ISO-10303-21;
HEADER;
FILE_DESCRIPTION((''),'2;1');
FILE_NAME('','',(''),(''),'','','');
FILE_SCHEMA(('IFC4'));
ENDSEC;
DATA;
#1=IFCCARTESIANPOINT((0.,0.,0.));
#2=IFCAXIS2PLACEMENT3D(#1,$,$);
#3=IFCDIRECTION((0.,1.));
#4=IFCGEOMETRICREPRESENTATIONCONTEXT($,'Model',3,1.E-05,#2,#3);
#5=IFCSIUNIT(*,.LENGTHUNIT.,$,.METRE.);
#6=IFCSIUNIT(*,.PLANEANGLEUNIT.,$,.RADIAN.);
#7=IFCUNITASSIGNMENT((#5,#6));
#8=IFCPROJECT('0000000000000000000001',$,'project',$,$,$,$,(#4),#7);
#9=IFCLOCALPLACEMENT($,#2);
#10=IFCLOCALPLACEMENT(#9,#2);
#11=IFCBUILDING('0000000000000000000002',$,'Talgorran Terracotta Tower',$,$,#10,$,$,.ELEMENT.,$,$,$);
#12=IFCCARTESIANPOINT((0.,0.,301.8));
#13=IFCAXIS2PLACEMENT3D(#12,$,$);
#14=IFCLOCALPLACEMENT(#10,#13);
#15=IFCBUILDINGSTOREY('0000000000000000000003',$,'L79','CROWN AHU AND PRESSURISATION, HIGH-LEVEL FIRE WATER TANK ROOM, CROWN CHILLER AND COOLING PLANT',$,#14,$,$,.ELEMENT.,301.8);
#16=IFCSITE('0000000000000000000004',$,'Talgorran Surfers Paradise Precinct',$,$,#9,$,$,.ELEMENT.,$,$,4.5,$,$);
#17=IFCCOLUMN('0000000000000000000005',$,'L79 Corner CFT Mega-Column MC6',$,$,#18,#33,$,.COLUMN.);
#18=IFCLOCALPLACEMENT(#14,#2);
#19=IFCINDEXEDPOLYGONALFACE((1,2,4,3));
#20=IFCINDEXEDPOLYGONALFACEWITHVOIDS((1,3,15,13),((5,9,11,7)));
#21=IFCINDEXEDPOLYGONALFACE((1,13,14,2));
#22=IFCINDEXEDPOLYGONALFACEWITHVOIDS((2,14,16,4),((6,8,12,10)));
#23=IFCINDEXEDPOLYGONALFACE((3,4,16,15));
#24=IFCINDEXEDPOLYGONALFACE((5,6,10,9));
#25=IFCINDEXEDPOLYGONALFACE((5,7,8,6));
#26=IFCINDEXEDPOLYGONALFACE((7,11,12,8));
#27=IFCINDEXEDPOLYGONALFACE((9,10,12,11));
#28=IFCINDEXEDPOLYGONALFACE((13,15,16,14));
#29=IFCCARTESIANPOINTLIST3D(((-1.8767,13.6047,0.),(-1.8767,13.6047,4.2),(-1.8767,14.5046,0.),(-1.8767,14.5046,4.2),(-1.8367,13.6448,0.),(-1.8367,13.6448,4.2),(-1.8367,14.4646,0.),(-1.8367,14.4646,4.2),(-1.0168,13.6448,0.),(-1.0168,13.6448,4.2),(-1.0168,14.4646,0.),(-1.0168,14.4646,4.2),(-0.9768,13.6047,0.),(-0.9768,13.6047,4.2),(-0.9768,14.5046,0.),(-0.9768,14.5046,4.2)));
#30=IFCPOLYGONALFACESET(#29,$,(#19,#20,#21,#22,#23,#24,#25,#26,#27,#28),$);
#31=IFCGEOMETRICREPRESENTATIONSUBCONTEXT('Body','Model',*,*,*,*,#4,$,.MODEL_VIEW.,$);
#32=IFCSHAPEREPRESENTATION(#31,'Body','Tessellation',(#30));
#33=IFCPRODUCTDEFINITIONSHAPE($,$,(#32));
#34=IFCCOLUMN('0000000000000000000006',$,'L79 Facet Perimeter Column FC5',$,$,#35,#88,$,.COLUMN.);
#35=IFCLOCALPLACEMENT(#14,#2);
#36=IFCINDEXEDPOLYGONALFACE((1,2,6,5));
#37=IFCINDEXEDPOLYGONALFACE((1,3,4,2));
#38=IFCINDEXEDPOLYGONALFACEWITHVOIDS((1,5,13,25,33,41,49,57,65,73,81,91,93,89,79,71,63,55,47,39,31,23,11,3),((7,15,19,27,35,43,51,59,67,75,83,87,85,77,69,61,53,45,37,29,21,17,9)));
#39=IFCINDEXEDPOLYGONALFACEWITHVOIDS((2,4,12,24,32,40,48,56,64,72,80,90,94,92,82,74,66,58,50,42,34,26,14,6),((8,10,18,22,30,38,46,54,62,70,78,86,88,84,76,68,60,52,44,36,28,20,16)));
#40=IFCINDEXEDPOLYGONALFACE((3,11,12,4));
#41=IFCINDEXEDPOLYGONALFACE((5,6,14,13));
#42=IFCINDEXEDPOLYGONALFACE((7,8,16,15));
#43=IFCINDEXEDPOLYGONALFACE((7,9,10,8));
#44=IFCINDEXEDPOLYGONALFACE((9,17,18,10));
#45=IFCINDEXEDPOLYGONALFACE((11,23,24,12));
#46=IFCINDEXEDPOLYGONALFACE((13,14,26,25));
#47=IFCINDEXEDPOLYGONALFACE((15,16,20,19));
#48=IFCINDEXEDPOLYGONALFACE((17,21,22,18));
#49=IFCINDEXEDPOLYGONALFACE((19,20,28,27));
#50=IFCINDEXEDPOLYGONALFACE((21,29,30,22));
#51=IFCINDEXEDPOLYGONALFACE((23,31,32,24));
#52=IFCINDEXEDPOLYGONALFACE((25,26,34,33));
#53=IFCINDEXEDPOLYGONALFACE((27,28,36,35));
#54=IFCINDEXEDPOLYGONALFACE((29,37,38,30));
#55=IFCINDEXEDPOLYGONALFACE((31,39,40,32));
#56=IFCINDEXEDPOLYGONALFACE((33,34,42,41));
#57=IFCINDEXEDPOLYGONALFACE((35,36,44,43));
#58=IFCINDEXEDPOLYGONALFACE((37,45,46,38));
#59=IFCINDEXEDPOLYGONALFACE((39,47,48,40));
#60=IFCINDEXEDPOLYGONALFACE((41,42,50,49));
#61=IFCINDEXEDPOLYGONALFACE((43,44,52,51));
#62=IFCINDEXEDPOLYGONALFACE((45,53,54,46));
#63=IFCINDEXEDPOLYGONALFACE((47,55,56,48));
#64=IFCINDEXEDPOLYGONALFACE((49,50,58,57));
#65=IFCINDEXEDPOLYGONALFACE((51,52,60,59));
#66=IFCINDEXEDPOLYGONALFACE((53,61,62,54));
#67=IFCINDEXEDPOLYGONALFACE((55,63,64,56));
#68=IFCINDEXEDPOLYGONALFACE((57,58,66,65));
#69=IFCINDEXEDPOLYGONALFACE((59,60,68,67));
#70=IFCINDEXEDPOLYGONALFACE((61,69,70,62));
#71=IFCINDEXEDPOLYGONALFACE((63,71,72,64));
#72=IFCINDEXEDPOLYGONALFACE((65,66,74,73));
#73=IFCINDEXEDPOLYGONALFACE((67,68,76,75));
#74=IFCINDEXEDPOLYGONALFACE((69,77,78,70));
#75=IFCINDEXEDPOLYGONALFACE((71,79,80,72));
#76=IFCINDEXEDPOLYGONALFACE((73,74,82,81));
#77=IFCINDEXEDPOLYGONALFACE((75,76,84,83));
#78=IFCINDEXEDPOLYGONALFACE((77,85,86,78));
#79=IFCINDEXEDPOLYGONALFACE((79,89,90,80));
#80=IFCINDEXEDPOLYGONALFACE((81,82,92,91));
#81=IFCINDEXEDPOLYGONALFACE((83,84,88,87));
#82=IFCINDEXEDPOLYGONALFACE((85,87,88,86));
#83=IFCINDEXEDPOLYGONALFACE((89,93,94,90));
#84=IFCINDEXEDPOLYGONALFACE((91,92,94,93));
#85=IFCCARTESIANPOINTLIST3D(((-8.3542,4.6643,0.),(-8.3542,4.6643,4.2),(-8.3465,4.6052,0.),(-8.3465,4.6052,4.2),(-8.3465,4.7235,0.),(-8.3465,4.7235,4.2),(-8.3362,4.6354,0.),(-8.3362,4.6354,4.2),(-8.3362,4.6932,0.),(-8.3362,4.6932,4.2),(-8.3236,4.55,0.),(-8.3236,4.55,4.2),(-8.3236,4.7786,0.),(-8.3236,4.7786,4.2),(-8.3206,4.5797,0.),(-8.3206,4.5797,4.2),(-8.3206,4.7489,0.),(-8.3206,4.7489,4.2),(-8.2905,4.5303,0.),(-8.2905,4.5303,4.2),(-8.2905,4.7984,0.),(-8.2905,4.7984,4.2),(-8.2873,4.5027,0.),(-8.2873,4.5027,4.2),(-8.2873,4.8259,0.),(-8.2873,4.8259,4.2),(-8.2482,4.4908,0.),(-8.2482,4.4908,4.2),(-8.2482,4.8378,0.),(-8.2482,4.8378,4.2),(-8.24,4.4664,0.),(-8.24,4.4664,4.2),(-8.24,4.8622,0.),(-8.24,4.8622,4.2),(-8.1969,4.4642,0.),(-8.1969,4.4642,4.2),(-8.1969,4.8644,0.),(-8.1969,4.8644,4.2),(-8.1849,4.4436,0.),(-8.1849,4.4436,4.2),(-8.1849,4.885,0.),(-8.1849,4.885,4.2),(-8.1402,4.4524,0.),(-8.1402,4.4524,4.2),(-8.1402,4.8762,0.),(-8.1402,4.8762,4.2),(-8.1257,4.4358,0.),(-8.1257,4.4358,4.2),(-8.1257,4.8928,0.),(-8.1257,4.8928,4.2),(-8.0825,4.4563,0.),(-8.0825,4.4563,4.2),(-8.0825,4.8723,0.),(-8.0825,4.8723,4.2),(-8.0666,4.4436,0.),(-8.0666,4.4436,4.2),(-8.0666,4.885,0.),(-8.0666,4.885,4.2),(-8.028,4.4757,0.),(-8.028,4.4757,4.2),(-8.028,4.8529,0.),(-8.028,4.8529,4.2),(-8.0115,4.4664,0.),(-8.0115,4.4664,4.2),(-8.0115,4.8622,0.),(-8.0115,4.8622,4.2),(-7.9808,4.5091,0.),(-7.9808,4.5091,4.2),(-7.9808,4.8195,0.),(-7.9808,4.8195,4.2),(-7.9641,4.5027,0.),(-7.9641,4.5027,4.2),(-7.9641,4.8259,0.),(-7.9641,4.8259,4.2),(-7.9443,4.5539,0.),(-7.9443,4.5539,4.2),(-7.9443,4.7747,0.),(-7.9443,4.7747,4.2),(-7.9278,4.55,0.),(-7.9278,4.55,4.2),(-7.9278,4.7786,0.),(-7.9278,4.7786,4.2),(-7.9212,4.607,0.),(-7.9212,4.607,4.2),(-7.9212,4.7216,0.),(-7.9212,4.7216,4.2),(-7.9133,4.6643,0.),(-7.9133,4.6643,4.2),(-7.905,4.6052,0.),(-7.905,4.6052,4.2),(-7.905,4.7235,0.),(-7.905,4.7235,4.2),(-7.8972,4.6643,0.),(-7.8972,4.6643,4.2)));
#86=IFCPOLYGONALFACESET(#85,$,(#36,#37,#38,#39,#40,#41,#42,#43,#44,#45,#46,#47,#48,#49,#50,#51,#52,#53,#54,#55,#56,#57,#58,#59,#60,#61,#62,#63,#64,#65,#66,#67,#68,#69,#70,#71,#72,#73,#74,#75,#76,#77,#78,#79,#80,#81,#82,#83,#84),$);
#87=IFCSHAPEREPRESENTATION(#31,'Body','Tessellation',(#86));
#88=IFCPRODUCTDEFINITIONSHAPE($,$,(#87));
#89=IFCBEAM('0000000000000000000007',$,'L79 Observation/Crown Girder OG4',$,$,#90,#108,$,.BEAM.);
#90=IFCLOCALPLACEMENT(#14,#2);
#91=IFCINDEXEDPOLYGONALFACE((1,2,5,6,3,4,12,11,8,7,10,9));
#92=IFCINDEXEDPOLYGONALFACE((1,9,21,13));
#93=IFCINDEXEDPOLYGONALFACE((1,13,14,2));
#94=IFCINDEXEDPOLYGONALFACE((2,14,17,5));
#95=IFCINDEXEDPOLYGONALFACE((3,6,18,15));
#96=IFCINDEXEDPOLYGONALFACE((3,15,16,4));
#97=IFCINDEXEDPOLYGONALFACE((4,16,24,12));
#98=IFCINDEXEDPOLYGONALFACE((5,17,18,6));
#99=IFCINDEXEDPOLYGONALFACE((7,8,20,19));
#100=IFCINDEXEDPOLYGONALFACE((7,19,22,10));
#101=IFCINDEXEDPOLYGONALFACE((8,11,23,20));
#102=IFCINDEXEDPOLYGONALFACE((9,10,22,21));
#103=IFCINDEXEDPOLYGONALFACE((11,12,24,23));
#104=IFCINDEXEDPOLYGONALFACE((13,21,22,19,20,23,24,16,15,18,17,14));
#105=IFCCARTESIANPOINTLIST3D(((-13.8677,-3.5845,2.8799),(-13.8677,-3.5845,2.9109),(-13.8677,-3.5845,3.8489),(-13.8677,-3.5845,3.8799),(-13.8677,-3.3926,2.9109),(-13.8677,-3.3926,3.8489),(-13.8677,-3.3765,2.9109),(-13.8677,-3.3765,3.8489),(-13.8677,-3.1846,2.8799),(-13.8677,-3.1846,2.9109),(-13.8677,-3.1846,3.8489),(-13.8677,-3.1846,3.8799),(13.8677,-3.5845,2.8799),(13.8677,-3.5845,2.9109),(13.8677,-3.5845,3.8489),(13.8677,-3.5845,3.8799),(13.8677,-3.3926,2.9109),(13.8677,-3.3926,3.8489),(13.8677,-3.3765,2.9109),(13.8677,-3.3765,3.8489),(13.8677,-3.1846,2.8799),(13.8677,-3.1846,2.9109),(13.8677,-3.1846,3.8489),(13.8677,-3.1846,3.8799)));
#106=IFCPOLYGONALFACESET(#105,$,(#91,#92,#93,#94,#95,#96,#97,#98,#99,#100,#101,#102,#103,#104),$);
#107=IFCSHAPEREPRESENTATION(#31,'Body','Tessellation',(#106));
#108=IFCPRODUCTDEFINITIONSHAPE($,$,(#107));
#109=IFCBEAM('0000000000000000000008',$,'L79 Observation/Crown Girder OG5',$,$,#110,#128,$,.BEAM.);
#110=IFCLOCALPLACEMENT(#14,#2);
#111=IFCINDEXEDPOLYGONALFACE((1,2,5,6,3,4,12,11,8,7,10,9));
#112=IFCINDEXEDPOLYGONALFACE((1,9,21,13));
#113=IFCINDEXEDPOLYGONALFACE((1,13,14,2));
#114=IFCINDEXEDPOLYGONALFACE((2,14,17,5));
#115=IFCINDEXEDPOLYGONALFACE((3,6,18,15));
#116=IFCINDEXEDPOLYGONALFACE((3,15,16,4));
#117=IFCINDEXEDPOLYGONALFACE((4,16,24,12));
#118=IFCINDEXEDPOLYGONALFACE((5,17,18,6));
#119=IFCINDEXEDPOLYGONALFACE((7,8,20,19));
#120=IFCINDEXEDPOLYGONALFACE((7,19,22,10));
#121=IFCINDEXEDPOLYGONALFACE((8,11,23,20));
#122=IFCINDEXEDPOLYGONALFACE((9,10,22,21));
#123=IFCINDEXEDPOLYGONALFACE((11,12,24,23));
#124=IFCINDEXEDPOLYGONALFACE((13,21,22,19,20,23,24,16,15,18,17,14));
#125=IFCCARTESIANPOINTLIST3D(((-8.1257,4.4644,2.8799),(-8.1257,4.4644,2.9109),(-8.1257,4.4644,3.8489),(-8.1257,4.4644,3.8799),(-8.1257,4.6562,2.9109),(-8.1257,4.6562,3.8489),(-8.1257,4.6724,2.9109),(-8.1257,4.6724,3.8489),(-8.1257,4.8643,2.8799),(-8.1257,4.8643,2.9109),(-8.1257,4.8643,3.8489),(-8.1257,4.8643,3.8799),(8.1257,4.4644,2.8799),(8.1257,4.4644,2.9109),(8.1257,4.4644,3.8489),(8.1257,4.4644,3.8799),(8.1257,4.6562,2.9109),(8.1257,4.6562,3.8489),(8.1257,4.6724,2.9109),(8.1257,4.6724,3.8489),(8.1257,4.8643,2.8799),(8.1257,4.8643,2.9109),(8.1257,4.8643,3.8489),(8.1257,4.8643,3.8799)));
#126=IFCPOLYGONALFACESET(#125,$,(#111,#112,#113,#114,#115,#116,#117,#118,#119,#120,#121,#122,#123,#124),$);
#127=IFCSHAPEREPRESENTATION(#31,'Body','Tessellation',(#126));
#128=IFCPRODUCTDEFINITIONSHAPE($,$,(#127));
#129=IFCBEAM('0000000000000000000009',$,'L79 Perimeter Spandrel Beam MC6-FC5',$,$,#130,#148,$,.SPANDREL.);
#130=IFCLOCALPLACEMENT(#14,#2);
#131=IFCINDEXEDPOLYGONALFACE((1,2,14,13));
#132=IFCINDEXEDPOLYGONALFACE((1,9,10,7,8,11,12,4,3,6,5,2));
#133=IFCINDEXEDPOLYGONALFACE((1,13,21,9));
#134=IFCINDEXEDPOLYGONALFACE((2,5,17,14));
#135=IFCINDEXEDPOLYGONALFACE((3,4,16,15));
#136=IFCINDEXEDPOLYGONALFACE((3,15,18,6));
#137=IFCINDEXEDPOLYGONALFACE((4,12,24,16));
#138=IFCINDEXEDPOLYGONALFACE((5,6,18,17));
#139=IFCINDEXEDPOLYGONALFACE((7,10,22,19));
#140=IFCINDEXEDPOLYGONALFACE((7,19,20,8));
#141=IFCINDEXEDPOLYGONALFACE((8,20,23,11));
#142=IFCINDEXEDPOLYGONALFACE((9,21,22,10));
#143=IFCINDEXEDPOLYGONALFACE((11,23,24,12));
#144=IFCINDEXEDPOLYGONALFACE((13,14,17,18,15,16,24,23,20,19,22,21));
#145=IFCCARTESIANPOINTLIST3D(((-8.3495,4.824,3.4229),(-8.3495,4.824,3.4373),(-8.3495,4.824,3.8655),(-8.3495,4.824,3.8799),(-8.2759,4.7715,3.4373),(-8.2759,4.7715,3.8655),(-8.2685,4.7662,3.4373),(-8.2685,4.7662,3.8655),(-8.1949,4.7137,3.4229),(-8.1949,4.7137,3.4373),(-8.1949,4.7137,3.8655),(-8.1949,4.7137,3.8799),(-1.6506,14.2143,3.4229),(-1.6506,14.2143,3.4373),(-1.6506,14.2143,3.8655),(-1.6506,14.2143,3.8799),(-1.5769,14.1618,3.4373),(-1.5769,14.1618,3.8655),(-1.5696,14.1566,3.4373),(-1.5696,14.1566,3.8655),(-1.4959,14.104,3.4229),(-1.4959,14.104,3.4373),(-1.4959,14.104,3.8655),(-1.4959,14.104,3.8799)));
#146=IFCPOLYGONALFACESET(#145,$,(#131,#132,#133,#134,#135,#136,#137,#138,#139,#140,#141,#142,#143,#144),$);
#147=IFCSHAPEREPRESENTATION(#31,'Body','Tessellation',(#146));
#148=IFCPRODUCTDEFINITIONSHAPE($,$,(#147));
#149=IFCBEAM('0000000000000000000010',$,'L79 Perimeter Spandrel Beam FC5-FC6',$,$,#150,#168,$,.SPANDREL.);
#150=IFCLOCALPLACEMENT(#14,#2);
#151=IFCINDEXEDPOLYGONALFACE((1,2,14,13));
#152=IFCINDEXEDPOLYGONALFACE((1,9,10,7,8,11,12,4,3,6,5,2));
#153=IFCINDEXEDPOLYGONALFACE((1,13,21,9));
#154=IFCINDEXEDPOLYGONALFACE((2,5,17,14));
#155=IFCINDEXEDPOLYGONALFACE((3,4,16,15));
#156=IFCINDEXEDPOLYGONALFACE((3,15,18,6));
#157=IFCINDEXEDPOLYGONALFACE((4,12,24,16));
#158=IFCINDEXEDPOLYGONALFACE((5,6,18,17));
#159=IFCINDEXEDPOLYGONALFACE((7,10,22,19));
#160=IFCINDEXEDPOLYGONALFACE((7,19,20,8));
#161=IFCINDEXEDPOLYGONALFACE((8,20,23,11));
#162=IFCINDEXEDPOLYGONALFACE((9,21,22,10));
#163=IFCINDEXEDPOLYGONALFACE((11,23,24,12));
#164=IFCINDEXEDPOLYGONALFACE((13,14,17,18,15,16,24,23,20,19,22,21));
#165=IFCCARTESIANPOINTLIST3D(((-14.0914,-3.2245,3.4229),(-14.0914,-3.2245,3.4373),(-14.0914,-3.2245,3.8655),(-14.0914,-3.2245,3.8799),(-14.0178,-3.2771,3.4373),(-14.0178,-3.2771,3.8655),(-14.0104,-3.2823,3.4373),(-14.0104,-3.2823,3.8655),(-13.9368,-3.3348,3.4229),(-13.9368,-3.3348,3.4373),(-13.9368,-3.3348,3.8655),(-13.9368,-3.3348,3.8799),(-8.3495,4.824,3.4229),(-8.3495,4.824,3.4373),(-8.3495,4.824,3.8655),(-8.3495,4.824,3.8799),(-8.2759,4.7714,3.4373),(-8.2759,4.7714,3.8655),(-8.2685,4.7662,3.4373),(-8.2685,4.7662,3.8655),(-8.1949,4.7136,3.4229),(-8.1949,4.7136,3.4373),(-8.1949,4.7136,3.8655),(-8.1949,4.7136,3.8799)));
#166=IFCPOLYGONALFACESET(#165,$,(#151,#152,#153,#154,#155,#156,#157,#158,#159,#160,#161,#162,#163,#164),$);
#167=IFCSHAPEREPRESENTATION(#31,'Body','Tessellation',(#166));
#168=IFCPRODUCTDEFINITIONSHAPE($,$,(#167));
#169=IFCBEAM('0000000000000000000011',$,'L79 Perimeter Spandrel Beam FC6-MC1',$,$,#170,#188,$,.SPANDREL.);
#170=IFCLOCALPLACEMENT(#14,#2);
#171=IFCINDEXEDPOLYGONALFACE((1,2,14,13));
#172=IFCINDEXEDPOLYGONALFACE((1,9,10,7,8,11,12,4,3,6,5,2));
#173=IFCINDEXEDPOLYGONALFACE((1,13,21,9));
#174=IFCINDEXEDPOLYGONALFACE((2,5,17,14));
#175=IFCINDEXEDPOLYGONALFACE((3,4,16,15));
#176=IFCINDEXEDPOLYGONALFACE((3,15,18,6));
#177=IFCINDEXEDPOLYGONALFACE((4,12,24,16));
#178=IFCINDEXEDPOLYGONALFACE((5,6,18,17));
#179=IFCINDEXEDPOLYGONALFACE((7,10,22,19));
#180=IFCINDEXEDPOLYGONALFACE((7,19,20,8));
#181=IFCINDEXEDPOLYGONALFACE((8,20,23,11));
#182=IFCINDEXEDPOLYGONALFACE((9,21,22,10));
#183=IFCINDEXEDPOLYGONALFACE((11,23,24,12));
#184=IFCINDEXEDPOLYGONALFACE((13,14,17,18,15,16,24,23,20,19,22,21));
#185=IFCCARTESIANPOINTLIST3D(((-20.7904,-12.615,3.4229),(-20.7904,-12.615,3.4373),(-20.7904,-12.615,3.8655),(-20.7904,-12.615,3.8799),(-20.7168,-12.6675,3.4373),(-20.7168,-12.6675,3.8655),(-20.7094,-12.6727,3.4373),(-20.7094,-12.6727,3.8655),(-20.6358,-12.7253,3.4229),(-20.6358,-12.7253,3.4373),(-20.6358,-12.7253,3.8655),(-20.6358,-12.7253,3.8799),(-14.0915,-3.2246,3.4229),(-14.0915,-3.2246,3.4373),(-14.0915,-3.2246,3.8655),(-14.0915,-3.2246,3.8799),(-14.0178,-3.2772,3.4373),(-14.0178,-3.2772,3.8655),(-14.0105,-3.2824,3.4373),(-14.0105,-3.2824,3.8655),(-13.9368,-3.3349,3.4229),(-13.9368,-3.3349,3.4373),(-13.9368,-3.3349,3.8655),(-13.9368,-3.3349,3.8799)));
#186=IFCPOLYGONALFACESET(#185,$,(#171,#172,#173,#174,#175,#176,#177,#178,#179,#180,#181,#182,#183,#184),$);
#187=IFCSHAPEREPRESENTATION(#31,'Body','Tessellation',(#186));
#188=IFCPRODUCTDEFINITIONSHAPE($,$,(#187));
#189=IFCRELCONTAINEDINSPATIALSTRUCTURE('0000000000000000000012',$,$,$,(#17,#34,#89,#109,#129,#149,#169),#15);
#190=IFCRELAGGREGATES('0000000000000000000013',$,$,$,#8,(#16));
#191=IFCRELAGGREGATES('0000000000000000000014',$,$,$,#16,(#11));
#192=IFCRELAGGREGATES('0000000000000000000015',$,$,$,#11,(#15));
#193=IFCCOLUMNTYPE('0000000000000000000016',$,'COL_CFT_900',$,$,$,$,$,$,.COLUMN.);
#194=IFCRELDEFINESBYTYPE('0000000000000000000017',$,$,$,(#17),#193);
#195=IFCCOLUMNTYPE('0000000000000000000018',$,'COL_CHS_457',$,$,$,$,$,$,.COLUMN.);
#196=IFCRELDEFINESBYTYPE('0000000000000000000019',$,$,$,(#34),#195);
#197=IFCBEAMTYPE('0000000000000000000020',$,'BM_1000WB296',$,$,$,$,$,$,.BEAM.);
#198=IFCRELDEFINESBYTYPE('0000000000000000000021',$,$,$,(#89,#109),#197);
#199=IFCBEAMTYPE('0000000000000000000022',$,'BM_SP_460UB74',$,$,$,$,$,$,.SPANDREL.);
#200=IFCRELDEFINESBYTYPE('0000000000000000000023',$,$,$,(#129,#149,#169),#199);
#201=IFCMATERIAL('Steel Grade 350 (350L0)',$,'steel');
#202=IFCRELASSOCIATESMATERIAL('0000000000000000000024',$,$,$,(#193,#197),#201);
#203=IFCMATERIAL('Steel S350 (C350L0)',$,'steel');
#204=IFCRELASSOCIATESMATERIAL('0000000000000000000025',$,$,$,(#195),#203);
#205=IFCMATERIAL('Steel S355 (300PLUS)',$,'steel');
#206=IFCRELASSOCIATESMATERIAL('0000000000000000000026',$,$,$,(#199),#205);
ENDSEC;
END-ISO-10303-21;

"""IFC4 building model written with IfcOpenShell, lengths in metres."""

from ifc_helpers import new_model, si_unit, direction, frame, origin, origin_2d, place, context, subcontext, project, spatial, hollow_rectangle, hollow_circle, i_section, extrude, material, material_profile, profile_set, type_object, element, save


model = new_model("IFC4")

# Units and contexts
model_context = context("Model", 3, precision=1e-05, world=origin(), true_north=direction((0.0, 1.0)))
body_context = subcontext(model_context, "Body", "Model", "MODEL_VIEW")
ifc_project = project(units=[si_unit("LENGTHUNIT", "METRE"), si_unit("PLANEANGLEUNIT", "RADIAN")], contexts=[model_context])

# Site, building, storey
site_placement = place(None, origin())
site = spatial("IfcSite", under=ifc_project, at=site_placement, Name="Talgorran Surfers Paradise Precinct", CompositionType="ELEMENT", RefElevation=4.5)
building_placement = place(site_placement, origin())
building = spatial("IfcBuilding", under=site, at=building_placement, Name="Talgorran Terracotta Tower", CompositionType="ELEMENT")
storey_placement = place(building_placement, frame((0.0, 0.0, 301.8)))
storey = spatial("IfcBuildingStorey", under=building, at=storey_placement, Name="L79", Description="CROWN AHU AND PRESSURISATION, HIGH-LEVEL FIRE WATER TANK ROOM, CROWN CHILLER AND COOLING PLANT", CompositionType="ELEMENT", Elevation=301.8)

# Columns
ifc_material_1 = material(Name="Steel Grade 350 (350L0)", Category="steel")
ifc_material_profile_1 = material_profile(ifc_material_1, hollow_rectangle(XDim=0.8999, YDim=0.8999, WallThickness=0.04, at=origin_2d()), Name="CFT900X900X40")
ifc_profile_set_1 = profile_set([ifc_material_profile_1], Name="Steel Grade 350 (350L0)")
column_type_1 = type_object("IfcColumnType", Name="COL_CFT_900", PredefinedType="COLUMN", material=ifc_profile_set_1)
column_1_placement = place(storey_placement, frame((-1.4268, 14.0547, 0.0), z_axis=(0.0, 0.0, 1.0), x_axis=(1.0, 0.0, 0.0)))
element("IfcColumn", 1, at=column_1_placement, inside=storey, type_object=column_type_1, Name="L79 Corner CFT Mega-Column MC6", PredefinedType="COLUMN", context=body_context, shape_type="SweptSolid", body=[
    extrude(hollow_rectangle(XDim=0.8999, YDim=0.8999, WallThickness=0.04, at=origin_2d()), origin(), (0.0, 0.0, 1.0), 4.2),
])
ifc_material_2 = material(Name="Steel S350 (C350L0)", Category="steel")
ifc_material_profile_2 = material_profile(ifc_material_2, hollow_circle(Radius=0.2285, WallThickness=0.0161, at=origin_2d()), Name="CHS457X16")
ifc_profile_set_2 = profile_set([ifc_material_profile_2], Name="Steel S350 (C350L0)")
column_type_2 = type_object("IfcColumnType", Name="COL_CHS_457", PredefinedType="COLUMN", material=ifc_profile_set_2)
column_2_placement = place(storey_placement, frame((-8.1257, 4.6643, 0.0), z_axis=(0.0, 0.0, 1.0), x_axis=(1.0, 0.0, 0.0)))
element("IfcColumn", 2, at=column_2_placement, inside=storey, type_object=column_type_2, Name="L79 Facet Perimeter Column FC5", PredefinedType="COLUMN", context=body_context, shape_type="SweptSolid", body=[
    extrude(hollow_circle(Radius=0.2285, WallThickness=0.0161, at=origin_2d()), origin(), (0.0, 0.0, 1.0), 4.2),
])

# Beams
ifc_material_profile_3 = material_profile(ifc_material_1, i_section(OverallWidth=0.3999, OverallDepth=1.0, WebThickness=0.0161, FlangeThickness=0.031, at=origin_2d()), Name="1000WB296")
ifc_profile_set_3 = profile_set([ifc_material_profile_3], Name="Steel Grade 350 (350L0)")
beam_type_1 = type_object("IfcBeamType", Name="BM_1000WB296", PredefinedType="BEAM", material=ifc_profile_set_3)
beam_1_placement = place(storey_placement, frame((-13.8677, -3.3845, 3.3799), z_axis=(1.0, 0.0, 0.0), x_axis=(0.0, 1.0, 0.0)))
element("IfcBeam", 3, at=beam_1_placement, inside=storey, type_object=beam_type_1, Name="L79 Observation/Crown Girder OG4", PredefinedType="BEAM", context=body_context, shape_type="SweptSolid", body=[
    extrude(i_section(OverallWidth=0.3999, OverallDepth=1.0, WebThickness=0.0161, FlangeThickness=0.031, at=origin_2d()), origin(), (0.0, 0.0, 1.0), 27.7354),
])
beam_2_placement = place(storey_placement, frame((-8.1257, 4.6643, 3.3799), z_axis=(1.0, 0.0, 0.0), x_axis=(0.0, 1.0, 0.0)))
element("IfcBeam", 4, at=beam_2_placement, inside=storey, type_object=beam_type_1, Name="L79 Observation/Crown Girder OG5", PredefinedType="BEAM", context=body_context, shape_type="SweptSolid", body=[
    extrude(i_section(OverallWidth=0.3999, OverallDepth=1.0, WebThickness=0.0161, FlangeThickness=0.031, at=origin_2d()), origin(), (0.0, 0.0, 1.0), 16.2515),
])
ifc_material_3 = material(Name="Steel S355 (300PLUS)", Category="steel")
ifc_material_profile_4 = material_profile(ifc_material_3, i_section(OverallWidth=0.1899, OverallDepth=0.457, WebThickness=0.009, FlangeThickness=0.0144, at=origin_2d()), Name="460UB74.6")
ifc_profile_set_4 = profile_set([ifc_material_profile_4], Name="Steel S355 (300PLUS)")
beam_type_2 = type_object("IfcBeamType", Name="BM_SP_460UB74", PredefinedType="SPANDREL", material=ifc_profile_set_4)
beam_3_placement = place(storey_placement, frame((-1.5732, 14.1592, 3.6514), z_axis=(-0.580754, -0.814079, 0.0), x_axis=(0.814079, -0.580754, 0.0)))
element("IfcBeam", 5, at=beam_3_placement, inside=storey, type_object=beam_type_2, Name="L79 Perimeter Spandrel Beam MC6-FC5", PredefinedType="SPANDREL", context=body_context, shape_type="SweptSolid", body=[
    extrude(i_section(OverallWidth=0.1899, OverallDepth=0.457, WebThickness=0.009, FlangeThickness=0.0144, at=origin_2d()), origin(), (0.0, 0.0, 1.0), 11.5349),
])
beam_4_placement = place(storey_placement, frame((-8.2722, 4.7688, 3.6514), z_axis=(-0.580766, -0.81407, 0.0), x_axis=(0.81407, -0.580766, 0.0)))
element("IfcBeam", 6, at=beam_4_placement, inside=storey, type_object=beam_type_2, Name="L79 Perimeter Spandrel Beam FC5-FC6", PredefinedType="SPANDREL", context=body_context, shape_type="SweptSolid", body=[
    extrude(i_section(OverallWidth=0.1899, OverallDepth=0.457, WebThickness=0.009, FlangeThickness=0.0144, at=origin_2d()), origin(), (0.0, 0.0, 1.0), 9.8867),
])
beam_5_placement = place(storey_placement, frame((-14.0142, -3.2798, 3.6514), z_axis=(-0.580754, -0.814079, 0.0), x_axis=(0.814079, -0.580754, 0.0)))
element("IfcBeam", 7, at=beam_5_placement, inside=storey, type_object=beam_type_2, Name="L79 Perimeter Spandrel Beam FC6-MC1", PredefinedType="SPANDREL", context=body_context, shape_type="SweptSolid", body=[
    extrude(i_section(OverallWidth=0.1899, OverallDepth=0.457, WebThickness=0.009, FlangeThickness=0.0144, at=origin_2d()), origin(), (0.0, 0.0, 1.0), 11.5349),
])

save(model, "model.ifc")
